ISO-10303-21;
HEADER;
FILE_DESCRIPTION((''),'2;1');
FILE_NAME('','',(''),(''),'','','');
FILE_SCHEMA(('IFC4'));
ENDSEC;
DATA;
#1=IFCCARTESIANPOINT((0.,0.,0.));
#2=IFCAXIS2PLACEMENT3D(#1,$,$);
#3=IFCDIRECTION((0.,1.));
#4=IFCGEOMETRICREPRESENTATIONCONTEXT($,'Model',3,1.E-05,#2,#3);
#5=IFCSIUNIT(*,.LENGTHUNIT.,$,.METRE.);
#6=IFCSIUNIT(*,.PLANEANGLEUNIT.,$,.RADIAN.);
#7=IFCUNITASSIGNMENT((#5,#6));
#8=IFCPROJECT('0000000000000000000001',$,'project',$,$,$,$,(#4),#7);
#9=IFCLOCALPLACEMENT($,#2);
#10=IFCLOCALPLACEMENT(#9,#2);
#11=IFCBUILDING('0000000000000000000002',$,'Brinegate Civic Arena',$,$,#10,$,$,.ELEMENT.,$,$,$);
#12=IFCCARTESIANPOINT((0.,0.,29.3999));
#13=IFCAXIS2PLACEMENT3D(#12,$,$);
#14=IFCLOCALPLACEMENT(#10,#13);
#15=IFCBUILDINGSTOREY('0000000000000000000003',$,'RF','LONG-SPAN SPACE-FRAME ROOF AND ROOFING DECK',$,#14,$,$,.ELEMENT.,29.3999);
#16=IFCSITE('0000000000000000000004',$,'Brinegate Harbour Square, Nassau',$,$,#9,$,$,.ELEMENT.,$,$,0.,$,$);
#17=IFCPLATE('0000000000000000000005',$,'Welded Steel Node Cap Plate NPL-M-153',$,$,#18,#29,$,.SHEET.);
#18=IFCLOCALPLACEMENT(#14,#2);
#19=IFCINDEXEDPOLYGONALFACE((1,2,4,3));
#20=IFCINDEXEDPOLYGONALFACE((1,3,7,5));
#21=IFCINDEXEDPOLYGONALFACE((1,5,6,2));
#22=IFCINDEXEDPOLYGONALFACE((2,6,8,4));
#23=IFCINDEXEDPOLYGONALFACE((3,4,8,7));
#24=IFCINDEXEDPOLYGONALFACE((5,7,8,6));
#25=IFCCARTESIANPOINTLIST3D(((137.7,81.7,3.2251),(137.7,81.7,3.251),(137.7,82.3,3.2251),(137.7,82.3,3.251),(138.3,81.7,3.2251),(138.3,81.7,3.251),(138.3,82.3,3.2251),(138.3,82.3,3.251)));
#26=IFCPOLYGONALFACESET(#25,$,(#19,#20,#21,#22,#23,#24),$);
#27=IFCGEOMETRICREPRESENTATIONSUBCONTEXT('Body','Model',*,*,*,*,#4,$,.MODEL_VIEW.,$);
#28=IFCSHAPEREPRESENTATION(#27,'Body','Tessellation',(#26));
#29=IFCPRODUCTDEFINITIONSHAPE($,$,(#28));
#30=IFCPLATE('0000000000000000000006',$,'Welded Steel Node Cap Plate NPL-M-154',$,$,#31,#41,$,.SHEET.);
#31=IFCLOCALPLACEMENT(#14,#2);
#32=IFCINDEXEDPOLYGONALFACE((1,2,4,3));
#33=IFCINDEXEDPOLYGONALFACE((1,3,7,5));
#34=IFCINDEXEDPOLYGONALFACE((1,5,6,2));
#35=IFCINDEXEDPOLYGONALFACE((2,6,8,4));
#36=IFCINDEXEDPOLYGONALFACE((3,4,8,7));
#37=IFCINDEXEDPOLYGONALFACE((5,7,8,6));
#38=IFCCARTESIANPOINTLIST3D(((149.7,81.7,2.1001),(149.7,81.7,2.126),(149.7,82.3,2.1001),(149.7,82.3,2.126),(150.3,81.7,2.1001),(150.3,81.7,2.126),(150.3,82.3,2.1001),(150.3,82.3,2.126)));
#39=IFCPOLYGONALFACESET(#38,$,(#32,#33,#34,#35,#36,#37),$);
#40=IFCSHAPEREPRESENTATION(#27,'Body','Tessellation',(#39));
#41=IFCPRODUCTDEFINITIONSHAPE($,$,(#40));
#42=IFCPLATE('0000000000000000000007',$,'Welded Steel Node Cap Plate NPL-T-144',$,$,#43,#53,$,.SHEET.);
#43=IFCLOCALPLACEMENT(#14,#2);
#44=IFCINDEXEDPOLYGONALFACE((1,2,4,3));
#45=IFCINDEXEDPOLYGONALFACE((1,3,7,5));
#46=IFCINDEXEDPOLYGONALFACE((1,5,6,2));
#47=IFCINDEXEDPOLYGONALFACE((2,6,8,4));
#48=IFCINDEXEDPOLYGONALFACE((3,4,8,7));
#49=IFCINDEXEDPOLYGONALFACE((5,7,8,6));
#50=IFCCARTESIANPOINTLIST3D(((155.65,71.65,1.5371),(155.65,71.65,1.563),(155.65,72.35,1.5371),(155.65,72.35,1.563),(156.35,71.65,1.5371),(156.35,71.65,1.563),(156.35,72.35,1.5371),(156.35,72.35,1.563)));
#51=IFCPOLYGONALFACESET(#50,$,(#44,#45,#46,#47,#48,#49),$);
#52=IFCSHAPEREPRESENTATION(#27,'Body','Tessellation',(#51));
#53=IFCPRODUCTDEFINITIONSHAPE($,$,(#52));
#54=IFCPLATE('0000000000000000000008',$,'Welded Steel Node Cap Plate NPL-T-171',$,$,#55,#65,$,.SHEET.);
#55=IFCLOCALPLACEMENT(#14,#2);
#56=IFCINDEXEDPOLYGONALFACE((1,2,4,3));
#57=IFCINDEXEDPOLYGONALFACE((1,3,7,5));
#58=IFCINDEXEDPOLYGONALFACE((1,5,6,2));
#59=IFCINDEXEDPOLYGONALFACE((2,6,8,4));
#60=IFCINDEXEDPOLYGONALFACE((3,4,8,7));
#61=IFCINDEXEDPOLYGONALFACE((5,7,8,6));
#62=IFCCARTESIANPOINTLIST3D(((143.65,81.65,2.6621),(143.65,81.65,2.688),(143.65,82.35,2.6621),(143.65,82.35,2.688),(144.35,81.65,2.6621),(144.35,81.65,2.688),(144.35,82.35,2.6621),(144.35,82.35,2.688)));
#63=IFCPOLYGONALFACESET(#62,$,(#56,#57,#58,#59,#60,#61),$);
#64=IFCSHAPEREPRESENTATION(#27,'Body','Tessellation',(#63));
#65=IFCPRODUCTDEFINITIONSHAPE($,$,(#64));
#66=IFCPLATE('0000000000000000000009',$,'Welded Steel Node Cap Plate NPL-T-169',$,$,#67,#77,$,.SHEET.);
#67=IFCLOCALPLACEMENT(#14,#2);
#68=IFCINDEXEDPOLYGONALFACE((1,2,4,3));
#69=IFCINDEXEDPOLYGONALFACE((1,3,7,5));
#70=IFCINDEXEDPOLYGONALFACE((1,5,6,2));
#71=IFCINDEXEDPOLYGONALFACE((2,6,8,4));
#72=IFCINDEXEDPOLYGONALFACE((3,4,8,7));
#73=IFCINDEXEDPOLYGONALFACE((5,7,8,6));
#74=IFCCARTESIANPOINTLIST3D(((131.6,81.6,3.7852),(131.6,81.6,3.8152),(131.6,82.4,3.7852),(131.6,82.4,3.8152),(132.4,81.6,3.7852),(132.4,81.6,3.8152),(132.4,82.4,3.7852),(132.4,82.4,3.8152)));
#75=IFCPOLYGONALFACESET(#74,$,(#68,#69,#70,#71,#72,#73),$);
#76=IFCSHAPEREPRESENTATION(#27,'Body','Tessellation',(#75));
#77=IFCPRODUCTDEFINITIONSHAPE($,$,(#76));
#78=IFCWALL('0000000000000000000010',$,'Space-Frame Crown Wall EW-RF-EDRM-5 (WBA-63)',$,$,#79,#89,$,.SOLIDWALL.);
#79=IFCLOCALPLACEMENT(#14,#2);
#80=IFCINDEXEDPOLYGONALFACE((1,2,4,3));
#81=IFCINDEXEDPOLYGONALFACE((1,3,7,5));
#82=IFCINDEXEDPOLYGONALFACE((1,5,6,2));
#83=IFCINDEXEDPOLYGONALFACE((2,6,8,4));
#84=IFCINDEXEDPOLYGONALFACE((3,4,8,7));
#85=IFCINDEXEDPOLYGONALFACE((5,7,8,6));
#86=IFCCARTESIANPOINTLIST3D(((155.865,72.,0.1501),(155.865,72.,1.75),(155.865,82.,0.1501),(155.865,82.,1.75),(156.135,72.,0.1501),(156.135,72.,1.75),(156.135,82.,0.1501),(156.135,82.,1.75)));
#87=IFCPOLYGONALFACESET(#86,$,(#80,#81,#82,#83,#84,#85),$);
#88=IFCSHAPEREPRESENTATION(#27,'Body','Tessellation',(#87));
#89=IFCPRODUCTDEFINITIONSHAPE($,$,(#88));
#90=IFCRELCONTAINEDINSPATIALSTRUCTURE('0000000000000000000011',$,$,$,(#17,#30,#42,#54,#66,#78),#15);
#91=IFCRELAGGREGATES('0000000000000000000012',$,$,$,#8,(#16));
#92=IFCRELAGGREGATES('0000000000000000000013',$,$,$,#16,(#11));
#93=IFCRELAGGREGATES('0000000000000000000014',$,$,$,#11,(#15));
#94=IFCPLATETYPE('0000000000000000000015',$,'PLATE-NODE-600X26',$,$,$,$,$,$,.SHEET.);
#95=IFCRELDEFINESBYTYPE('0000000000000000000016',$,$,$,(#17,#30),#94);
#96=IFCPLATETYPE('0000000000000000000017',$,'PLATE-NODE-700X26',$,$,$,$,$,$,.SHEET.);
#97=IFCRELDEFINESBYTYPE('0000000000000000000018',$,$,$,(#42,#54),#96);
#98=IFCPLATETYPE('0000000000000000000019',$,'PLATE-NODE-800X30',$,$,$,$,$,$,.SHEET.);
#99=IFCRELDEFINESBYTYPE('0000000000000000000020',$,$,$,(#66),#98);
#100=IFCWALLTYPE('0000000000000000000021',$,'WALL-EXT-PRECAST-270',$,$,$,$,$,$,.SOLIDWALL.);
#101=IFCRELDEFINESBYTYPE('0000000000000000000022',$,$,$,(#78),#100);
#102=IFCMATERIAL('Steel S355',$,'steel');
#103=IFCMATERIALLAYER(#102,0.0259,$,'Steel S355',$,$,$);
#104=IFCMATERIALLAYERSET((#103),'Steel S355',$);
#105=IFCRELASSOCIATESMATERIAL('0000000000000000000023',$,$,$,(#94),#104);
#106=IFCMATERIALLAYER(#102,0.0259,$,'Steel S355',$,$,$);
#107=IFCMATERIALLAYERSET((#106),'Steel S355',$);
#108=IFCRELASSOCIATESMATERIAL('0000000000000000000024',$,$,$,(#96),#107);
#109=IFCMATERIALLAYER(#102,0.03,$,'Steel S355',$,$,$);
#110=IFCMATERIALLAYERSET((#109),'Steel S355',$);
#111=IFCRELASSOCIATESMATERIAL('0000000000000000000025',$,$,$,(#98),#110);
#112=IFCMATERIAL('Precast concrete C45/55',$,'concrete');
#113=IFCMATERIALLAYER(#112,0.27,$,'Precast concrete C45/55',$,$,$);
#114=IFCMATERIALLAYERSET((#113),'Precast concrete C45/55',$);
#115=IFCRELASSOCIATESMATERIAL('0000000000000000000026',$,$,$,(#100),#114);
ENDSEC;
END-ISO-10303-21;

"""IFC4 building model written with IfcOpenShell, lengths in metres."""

from ifc_helpers import new_model, si_unit, direction, frame, frame_2d, origin, origin_2d, place, context, subcontext, project, spatial, rectangle, extrude, material, layer, layer_set, type_object, element, save


model = new_model("IFC4")

# Units and contexts
model_context = context("Model", 3, precision=1e-05, world=origin(), true_north=direction((0.0, 1.0)))
body_context = subcontext(model_context, "Body", "Model", "MODEL_VIEW")
ifc_project = project(units=[si_unit("LENGTHUNIT", "METRE"), si_unit("PLANEANGLEUNIT", "RADIAN")], contexts=[model_context])

# Site, building, storey
site_placement = place(None, origin())
site = spatial("IfcSite", under=ifc_project, at=site_placement, Name="Brinegate Harbour Square, Nassau", CompositionType="ELEMENT", RefElevation=0.0)
building_placement = place(site_placement, origin())
building = spatial("IfcBuilding", under=site, at=building_placement, Name="Brinegate Civic Arena", CompositionType="ELEMENT")
storey_placement = place(building_placement, frame((0.0, 0.0, 29.3999)))
storey = spatial("IfcBuildingStorey", under=building, at=storey_placement, Name="RF", Description="LONG-SPAN SPACE-FRAME ROOF AND ROOFING DECK", CompositionType="ELEMENT", Elevation=29.3999)

# Shared definitions
ifc_material_1 = material(Name="Steel S355", Category="steel")

# Plates
ifc_layer_1 = layer(ifc_material_1, 0.0259, Name="Steel S355")
ifc_layer_set_1 = layer_set([ifc_layer_1], Name="Steel S355")
plate_type_1 = type_object("IfcPlateType", Name="PLATE-NODE-600X26", PredefinedType="SHEET", material=ifc_layer_set_1)
for number, where, z_axis, x_axis, name in (
    (1, (138.0, 82.0, 3.2251), (0.0, 0.0, 1.0), (1.0, 0.0, 0.0), "Welded Steel Node Cap Plate NPL-M-153"),
    (2, (150.0, 82.0, 2.1001), (0.0, 0.0, 1.0), (1.0, 0.0, 0.0), "Welded Steel Node Cap Plate NPL-M-154"),
):
    element("IfcPlate", number, at=place(storey_placement, frame(where, z_axis=z_axis, x_axis=x_axis)), inside=storey, type_object=plate_type_1, Name=name, PredefinedType="SHEET", context=body_context, shape_type="SweptSolid", body=[
        extrude(rectangle(XDim=0.6001, YDim=0.6001, at=origin_2d()), origin(), (0.0, 0.0, 1.0), 0.0259),
    ])
ifc_layer_2 = layer(ifc_material_1, 0.0259, Name="Steel S355")
ifc_layer_set_2 = layer_set([ifc_layer_2], Name="Steel S355")
plate_type_2 = type_object("IfcPlateType", Name="PLATE-NODE-700X26", PredefinedType="SHEET", material=ifc_layer_set_2)
for number, where, z_axis, x_axis, name in (
    (3, (156.0, 72.0, 1.5371), (0.0, 0.0, 1.0), (1.0, 0.0, 0.0), "Welded Steel Node Cap Plate NPL-T-144"),
    (4, (144.0, 82.0, 2.6621), (0.0, 0.0, 1.0), (1.0, 0.0, 0.0), "Welded Steel Node Cap Plate NPL-T-171"),
):
    element("IfcPlate", number, at=place(storey_placement, frame(where, z_axis=z_axis, x_axis=x_axis)), inside=storey, type_object=plate_type_2, Name=name, PredefinedType="SHEET", context=body_context, shape_type="SweptSolid", body=[
        extrude(rectangle(XDim=0.7, YDim=0.7, at=origin_2d()), origin(), (0.0, 0.0, 1.0), 0.0259),
    ])
ifc_layer_3 = layer(ifc_material_1, 0.03, Name="Steel S355")
ifc_layer_set_3 = layer_set([ifc_layer_3], Name="Steel S355")
plate_type_3 = type_object("IfcPlateType", Name="PLATE-NODE-800X30", PredefinedType="SHEET", material=ifc_layer_set_3)
plate_1_placement = place(storey_placement, frame((132.0, 82.0, 3.7852), z_axis=(0.0, 0.0, 1.0), x_axis=(1.0, 0.0, 0.0)))
element("IfcPlate", 5, at=plate_1_placement, inside=storey, type_object=plate_type_3, Name="Welded Steel Node Cap Plate NPL-T-169", PredefinedType="SHEET", context=body_context, shape_type="SweptSolid", body=[
    extrude(rectangle(XDim=0.8, YDim=0.8, at=origin_2d()), origin(), (0.0, 0.0, 1.0), 0.03),
])

# Wall
ifc_material_2 = material(Name="Precast concrete C45/55", Category="concrete")
ifc_layer_4 = layer(ifc_material_2, 0.27, Name="Precast concrete C45/55")
ifc_layer_set_4 = layer_set([ifc_layer_4], Name="Precast concrete C45/55")
wall_type = type_object("IfcWallType", Name="WALL-EXT-PRECAST-270", PredefinedType="SOLIDWALL", material=ifc_layer_set_4)
wall_placement = place(storey_placement, frame((156.0, 72.0, 0.1501), z_axis=(0.0, 0.0, 1.0), x_axis=(0.0, 1.0, 0.0)))
element("IfcWall", 6, at=wall_placement, inside=storey, type_object=wall_type, Name="Space-Frame Crown Wall EW-RF-EDRM-5 (WBA-63)", PredefinedType="SOLIDWALL", context=body_context, shape_type="SweptSolid", body=[
    extrude(rectangle(XDim=10.0, YDim=0.27, at=frame_2d((5.0, 0.0))), origin(), (0.0, 0.0, 1.0), 1.5999),
])

save(model, "model.ifc")
